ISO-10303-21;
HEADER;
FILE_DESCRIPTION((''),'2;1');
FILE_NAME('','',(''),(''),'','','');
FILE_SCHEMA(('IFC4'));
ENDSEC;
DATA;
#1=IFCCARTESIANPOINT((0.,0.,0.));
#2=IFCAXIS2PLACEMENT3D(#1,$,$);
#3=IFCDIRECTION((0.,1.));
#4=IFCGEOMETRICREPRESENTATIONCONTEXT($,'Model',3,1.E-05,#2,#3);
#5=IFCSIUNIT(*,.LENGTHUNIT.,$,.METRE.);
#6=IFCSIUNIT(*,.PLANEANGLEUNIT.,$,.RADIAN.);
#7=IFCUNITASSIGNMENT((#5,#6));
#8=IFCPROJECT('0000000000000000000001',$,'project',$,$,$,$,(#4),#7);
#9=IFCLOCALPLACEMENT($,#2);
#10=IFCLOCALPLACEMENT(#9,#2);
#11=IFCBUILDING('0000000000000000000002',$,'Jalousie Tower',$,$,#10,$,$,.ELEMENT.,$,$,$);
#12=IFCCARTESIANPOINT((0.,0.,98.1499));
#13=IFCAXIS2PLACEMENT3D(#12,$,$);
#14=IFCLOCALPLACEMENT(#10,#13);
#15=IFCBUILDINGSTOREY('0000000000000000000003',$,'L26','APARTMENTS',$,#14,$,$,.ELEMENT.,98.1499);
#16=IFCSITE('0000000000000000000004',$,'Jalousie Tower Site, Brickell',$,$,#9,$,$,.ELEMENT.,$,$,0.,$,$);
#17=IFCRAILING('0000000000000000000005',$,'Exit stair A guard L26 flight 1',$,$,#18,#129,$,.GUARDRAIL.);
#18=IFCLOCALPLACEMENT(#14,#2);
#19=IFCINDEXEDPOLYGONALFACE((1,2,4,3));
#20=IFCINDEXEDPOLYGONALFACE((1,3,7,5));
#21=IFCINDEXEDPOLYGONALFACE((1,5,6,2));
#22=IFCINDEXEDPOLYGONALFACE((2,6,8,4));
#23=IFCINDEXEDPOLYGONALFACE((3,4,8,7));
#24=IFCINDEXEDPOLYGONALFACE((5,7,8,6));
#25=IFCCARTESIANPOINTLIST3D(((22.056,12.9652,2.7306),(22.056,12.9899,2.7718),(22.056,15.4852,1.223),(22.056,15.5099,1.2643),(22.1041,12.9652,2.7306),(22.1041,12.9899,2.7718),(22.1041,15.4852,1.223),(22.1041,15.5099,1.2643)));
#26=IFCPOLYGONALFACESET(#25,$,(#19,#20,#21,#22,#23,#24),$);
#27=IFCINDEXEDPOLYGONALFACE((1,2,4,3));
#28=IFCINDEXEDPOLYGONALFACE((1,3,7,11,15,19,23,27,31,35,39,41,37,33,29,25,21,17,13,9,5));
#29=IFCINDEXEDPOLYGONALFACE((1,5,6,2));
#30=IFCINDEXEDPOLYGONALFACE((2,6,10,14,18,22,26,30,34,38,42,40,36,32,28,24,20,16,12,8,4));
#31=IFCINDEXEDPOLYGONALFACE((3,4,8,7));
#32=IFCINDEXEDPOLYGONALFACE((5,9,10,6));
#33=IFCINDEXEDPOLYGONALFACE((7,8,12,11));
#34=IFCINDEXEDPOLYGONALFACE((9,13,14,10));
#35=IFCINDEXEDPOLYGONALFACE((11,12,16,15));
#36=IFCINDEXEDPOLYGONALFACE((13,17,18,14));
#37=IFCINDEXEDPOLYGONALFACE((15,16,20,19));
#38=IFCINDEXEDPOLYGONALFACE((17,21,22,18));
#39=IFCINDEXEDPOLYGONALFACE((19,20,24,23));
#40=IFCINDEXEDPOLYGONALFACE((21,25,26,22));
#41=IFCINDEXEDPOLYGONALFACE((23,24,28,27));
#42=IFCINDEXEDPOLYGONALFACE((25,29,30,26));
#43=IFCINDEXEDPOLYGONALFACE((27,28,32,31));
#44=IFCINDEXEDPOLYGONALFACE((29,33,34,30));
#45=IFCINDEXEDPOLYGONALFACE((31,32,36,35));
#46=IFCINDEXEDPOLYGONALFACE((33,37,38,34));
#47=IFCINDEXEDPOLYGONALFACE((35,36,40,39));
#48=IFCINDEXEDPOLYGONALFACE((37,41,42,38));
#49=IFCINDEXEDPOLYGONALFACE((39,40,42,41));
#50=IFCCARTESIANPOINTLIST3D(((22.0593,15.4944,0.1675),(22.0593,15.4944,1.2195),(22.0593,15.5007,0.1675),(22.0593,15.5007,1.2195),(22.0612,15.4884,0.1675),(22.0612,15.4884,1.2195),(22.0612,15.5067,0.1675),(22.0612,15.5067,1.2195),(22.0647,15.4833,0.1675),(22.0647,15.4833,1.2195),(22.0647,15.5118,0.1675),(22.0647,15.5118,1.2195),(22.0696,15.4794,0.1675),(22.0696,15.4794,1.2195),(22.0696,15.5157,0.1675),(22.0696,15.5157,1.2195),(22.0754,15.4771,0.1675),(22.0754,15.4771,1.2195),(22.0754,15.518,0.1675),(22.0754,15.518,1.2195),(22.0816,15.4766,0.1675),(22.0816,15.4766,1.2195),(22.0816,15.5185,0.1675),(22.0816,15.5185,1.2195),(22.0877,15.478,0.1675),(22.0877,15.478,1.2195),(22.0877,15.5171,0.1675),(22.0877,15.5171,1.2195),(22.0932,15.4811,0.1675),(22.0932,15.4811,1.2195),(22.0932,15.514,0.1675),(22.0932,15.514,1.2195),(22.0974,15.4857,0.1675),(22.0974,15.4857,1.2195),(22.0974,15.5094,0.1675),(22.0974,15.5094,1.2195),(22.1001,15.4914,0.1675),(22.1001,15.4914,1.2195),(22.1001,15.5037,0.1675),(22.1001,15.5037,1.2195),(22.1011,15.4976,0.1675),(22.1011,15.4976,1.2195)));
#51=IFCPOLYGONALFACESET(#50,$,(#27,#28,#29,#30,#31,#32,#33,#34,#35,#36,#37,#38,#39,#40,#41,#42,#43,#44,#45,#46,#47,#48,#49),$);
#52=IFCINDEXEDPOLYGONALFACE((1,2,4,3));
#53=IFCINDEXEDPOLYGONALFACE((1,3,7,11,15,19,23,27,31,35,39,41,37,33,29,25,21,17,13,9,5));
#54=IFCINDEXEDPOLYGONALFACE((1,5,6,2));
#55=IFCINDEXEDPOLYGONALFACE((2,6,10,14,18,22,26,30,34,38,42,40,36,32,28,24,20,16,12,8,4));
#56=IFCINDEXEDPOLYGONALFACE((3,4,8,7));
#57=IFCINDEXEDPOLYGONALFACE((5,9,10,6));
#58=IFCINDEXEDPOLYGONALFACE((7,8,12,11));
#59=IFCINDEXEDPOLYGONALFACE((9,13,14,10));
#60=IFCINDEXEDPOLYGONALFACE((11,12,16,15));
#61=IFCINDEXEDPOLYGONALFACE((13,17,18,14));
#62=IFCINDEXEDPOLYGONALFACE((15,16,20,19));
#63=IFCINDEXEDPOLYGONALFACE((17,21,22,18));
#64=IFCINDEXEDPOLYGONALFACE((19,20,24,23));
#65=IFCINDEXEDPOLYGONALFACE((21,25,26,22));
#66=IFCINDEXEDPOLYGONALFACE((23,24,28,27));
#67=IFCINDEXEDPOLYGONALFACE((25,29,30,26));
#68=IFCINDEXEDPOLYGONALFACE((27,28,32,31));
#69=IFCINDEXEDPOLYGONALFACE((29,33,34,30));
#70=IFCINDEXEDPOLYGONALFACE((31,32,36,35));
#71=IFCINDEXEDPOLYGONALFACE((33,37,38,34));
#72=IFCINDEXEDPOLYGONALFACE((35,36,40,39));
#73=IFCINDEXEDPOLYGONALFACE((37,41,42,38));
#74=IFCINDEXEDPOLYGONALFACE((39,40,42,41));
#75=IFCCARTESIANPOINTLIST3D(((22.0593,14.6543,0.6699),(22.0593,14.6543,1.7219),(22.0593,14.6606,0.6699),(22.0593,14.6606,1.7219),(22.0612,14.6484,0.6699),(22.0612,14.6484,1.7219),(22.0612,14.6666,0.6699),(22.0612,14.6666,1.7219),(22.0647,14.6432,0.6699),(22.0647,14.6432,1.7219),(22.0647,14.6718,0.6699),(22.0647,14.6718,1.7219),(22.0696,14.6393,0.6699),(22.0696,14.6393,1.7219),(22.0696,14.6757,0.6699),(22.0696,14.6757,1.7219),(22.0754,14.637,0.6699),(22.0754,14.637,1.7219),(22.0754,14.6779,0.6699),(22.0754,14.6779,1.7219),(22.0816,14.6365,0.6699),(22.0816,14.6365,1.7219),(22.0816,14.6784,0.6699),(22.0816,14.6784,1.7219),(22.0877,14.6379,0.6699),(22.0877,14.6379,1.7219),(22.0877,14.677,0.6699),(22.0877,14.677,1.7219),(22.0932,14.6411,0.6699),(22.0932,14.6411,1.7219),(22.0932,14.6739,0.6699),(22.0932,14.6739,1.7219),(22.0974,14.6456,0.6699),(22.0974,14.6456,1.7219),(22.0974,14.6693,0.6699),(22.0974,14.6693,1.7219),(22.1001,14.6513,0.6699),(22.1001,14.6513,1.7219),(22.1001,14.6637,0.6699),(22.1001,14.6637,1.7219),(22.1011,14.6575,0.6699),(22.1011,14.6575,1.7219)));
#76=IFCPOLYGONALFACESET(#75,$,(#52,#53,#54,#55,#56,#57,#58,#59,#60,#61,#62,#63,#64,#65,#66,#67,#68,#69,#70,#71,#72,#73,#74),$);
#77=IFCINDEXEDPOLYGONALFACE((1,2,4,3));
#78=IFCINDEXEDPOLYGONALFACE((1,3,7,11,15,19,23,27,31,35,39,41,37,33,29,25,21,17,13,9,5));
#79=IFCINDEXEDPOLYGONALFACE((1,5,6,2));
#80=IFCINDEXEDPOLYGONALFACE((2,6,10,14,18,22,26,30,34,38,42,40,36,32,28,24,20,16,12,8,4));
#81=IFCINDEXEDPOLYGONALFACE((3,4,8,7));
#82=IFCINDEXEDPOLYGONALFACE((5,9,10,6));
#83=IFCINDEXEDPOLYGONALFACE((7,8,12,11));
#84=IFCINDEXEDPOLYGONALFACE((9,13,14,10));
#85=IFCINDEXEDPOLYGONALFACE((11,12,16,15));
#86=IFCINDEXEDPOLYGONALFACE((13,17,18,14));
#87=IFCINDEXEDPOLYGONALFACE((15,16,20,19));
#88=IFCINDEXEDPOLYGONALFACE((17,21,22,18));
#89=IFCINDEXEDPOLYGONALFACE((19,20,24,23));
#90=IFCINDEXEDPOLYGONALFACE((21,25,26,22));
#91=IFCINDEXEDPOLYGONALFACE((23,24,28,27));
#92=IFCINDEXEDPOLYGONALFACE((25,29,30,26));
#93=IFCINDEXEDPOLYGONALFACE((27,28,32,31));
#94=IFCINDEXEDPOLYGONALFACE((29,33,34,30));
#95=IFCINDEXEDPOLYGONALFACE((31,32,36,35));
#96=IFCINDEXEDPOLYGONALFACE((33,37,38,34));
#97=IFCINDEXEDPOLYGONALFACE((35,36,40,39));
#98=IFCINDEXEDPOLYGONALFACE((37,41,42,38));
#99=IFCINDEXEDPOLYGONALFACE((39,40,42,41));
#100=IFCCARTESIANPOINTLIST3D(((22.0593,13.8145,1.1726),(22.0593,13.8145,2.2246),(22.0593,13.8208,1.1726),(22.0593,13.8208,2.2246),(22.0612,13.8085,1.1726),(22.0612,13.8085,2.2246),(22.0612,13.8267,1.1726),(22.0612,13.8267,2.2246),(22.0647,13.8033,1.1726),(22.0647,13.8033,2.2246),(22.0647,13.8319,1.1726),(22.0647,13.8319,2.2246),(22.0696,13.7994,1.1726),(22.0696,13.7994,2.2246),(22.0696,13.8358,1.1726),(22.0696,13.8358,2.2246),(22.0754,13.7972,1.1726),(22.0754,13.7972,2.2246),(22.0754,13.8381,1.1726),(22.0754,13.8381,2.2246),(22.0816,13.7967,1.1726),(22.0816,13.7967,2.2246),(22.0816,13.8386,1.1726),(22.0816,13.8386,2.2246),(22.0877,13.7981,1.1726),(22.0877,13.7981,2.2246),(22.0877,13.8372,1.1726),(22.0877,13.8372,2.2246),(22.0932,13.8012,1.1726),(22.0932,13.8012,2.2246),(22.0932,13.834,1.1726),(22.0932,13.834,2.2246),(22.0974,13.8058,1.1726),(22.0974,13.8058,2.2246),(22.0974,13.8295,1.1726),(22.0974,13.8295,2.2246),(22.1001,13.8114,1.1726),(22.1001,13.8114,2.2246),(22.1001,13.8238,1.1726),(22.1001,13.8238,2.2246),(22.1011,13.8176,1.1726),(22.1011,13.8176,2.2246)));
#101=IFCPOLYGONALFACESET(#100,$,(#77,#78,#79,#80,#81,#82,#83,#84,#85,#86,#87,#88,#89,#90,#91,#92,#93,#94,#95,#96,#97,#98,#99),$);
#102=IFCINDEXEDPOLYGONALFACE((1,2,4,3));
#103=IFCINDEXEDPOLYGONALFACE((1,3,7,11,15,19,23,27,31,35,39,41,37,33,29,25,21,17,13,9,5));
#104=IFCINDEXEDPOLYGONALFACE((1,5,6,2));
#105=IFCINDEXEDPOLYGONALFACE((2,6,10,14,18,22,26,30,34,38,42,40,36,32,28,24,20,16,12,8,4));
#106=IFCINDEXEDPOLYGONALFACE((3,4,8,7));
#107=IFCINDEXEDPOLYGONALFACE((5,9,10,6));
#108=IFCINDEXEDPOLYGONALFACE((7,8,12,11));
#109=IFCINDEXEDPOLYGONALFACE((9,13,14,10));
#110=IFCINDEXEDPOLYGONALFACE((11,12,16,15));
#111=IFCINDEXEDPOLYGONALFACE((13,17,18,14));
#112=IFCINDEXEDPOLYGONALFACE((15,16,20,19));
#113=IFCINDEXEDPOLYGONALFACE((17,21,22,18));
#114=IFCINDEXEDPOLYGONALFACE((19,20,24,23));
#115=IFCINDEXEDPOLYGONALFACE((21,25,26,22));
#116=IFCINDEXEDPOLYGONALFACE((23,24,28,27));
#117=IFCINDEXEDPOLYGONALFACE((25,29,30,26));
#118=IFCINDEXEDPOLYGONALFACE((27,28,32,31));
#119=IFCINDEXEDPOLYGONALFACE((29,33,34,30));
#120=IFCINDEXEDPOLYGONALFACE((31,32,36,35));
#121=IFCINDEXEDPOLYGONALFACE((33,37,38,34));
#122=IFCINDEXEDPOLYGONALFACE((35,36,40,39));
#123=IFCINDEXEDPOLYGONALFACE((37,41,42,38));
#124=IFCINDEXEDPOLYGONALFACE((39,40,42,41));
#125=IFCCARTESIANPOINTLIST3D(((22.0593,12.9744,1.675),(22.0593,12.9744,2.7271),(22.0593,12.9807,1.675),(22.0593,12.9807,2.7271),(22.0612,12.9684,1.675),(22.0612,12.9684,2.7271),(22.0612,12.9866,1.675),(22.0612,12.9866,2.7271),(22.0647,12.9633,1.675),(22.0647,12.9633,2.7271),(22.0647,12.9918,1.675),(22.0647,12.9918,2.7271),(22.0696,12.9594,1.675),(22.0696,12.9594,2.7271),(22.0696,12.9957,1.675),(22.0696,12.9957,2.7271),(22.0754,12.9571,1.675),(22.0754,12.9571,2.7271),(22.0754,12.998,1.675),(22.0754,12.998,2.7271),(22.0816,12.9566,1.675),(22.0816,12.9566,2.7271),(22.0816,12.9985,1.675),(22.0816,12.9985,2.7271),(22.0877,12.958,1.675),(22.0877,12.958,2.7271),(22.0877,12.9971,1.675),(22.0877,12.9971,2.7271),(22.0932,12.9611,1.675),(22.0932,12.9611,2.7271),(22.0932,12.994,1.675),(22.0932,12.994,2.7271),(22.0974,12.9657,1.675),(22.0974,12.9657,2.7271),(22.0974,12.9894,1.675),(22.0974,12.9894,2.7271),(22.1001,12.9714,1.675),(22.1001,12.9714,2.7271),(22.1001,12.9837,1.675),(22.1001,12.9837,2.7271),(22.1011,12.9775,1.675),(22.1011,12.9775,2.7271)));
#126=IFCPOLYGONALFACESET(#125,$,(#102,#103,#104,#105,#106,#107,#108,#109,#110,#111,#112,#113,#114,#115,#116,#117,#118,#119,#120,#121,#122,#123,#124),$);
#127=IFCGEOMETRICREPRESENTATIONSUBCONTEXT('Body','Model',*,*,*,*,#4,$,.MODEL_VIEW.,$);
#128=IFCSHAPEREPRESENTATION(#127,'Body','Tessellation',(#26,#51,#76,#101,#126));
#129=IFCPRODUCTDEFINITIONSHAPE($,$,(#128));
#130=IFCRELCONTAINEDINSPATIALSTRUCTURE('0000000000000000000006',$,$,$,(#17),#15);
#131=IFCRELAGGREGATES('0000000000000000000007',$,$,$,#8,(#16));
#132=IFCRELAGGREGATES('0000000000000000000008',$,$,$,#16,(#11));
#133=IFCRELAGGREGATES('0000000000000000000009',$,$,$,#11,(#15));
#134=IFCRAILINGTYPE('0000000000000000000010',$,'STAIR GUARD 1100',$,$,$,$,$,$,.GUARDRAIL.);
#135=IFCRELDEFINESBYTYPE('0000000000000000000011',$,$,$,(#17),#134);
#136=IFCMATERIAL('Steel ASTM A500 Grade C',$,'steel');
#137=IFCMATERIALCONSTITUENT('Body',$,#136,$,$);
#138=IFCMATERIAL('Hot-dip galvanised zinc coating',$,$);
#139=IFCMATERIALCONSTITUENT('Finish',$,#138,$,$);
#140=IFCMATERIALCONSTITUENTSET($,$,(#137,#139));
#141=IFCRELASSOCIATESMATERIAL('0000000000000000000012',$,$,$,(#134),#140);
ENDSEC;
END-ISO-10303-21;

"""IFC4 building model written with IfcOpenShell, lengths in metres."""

from ifc_helpers import new_model, si_unit, direction, frame, origin, origin_2d, place, context, subcontext, project, spatial, rectangle, circle, extrude, material, constituent, constituent_set, type_object, element, save


model = new_model("IFC4")

# Units and contexts
model_context = context("Model", 3, precision=1e-05, world=origin(), true_north=direction((0.0, 1.0)))
body_context = subcontext(model_context, "Body", "Model", "MODEL_VIEW")
ifc_project = project(units=[si_unit("LENGTHUNIT", "METRE"), si_unit("PLANEANGLEUNIT", "RADIAN")], contexts=[model_context])

# Site, building, storey
site_placement = place(None, origin())
site = spatial("IfcSite", under=ifc_project, at=site_placement, Name="Jalousie Tower Site, Brickell", CompositionType="ELEMENT", RefElevation=0.0)
building_placement = place(site_placement, origin())
building = spatial("IfcBuilding", under=site, at=building_placement, Name="Jalousie Tower", CompositionType="ELEMENT")
storey_placement = place(building_placement, frame((0.0, 0.0, 98.1499)))
storey = spatial("IfcBuildingStorey", under=building, at=storey_placement, Name="L26", Description="APARTMENTS", CompositionType="ELEMENT", Elevation=98.1499)

# Railing
ifc_material_1 = material(Name="Steel ASTM A500 Grade C", Category="steel")
ifc_constituent_1 = constituent(ifc_material_1, Name="Body")
ifc_material_2 = material(Name="Hot-dip galvanised zinc coating")
ifc_constituent_2 = constituent(ifc_material_2, Name="Finish")
ifc_constituent_set_1 = constituent_set(constituents=[ifc_constituent_1, ifc_constituent_2])
railing_type_1 = type_object("IfcRailingType", Name="STAIR GUARD 1100", PredefinedType="GUARDRAIL", material=ifc_constituent_set_1)
railing_1_placement = place(storey_placement, frame((22.0801, 15.4976, 0.1675)))
element("IfcRailing", 1, at=railing_1_placement, inside=storey, type_object=railing_type_1, Name="Exit stair A guard L26 flight 1", PredefinedType="GUARDRAIL", context=body_context, shape_type="SweptSolid", body=[
    extrude(rectangle(XDim=0.0481, YDim=0.0481, at=origin_2d()), frame((0.0, 0.0, 1.0762), z_axis=(0.0, -0.85816, 0.513383), x_axis=(1.0, 0.0, 0.0)), (0.0, 0.0, 1.0), 2.9365),
    extrude(circle(Radius=0.021, at=origin_2d()), origin(), (0.0, 0.0, 1.0), 1.052),
    extrude(circle(Radius=0.021, at=origin_2d()), frame((0.0, -0.8401, 0.5024)), (0.0, 0.0, 1.0), 1.052),
    extrude(circle(Radius=0.021, at=origin_2d()), frame((0.0, -1.6799, 1.0051)), (0.0, 0.0, 1.0), 1.052),
    extrude(circle(Radius=0.021, at=origin_2d()), frame((0.0, -2.52, 1.5076)), (0.0, 0.0, 1.0), 1.052),
])

save(model, "model.ifc")
